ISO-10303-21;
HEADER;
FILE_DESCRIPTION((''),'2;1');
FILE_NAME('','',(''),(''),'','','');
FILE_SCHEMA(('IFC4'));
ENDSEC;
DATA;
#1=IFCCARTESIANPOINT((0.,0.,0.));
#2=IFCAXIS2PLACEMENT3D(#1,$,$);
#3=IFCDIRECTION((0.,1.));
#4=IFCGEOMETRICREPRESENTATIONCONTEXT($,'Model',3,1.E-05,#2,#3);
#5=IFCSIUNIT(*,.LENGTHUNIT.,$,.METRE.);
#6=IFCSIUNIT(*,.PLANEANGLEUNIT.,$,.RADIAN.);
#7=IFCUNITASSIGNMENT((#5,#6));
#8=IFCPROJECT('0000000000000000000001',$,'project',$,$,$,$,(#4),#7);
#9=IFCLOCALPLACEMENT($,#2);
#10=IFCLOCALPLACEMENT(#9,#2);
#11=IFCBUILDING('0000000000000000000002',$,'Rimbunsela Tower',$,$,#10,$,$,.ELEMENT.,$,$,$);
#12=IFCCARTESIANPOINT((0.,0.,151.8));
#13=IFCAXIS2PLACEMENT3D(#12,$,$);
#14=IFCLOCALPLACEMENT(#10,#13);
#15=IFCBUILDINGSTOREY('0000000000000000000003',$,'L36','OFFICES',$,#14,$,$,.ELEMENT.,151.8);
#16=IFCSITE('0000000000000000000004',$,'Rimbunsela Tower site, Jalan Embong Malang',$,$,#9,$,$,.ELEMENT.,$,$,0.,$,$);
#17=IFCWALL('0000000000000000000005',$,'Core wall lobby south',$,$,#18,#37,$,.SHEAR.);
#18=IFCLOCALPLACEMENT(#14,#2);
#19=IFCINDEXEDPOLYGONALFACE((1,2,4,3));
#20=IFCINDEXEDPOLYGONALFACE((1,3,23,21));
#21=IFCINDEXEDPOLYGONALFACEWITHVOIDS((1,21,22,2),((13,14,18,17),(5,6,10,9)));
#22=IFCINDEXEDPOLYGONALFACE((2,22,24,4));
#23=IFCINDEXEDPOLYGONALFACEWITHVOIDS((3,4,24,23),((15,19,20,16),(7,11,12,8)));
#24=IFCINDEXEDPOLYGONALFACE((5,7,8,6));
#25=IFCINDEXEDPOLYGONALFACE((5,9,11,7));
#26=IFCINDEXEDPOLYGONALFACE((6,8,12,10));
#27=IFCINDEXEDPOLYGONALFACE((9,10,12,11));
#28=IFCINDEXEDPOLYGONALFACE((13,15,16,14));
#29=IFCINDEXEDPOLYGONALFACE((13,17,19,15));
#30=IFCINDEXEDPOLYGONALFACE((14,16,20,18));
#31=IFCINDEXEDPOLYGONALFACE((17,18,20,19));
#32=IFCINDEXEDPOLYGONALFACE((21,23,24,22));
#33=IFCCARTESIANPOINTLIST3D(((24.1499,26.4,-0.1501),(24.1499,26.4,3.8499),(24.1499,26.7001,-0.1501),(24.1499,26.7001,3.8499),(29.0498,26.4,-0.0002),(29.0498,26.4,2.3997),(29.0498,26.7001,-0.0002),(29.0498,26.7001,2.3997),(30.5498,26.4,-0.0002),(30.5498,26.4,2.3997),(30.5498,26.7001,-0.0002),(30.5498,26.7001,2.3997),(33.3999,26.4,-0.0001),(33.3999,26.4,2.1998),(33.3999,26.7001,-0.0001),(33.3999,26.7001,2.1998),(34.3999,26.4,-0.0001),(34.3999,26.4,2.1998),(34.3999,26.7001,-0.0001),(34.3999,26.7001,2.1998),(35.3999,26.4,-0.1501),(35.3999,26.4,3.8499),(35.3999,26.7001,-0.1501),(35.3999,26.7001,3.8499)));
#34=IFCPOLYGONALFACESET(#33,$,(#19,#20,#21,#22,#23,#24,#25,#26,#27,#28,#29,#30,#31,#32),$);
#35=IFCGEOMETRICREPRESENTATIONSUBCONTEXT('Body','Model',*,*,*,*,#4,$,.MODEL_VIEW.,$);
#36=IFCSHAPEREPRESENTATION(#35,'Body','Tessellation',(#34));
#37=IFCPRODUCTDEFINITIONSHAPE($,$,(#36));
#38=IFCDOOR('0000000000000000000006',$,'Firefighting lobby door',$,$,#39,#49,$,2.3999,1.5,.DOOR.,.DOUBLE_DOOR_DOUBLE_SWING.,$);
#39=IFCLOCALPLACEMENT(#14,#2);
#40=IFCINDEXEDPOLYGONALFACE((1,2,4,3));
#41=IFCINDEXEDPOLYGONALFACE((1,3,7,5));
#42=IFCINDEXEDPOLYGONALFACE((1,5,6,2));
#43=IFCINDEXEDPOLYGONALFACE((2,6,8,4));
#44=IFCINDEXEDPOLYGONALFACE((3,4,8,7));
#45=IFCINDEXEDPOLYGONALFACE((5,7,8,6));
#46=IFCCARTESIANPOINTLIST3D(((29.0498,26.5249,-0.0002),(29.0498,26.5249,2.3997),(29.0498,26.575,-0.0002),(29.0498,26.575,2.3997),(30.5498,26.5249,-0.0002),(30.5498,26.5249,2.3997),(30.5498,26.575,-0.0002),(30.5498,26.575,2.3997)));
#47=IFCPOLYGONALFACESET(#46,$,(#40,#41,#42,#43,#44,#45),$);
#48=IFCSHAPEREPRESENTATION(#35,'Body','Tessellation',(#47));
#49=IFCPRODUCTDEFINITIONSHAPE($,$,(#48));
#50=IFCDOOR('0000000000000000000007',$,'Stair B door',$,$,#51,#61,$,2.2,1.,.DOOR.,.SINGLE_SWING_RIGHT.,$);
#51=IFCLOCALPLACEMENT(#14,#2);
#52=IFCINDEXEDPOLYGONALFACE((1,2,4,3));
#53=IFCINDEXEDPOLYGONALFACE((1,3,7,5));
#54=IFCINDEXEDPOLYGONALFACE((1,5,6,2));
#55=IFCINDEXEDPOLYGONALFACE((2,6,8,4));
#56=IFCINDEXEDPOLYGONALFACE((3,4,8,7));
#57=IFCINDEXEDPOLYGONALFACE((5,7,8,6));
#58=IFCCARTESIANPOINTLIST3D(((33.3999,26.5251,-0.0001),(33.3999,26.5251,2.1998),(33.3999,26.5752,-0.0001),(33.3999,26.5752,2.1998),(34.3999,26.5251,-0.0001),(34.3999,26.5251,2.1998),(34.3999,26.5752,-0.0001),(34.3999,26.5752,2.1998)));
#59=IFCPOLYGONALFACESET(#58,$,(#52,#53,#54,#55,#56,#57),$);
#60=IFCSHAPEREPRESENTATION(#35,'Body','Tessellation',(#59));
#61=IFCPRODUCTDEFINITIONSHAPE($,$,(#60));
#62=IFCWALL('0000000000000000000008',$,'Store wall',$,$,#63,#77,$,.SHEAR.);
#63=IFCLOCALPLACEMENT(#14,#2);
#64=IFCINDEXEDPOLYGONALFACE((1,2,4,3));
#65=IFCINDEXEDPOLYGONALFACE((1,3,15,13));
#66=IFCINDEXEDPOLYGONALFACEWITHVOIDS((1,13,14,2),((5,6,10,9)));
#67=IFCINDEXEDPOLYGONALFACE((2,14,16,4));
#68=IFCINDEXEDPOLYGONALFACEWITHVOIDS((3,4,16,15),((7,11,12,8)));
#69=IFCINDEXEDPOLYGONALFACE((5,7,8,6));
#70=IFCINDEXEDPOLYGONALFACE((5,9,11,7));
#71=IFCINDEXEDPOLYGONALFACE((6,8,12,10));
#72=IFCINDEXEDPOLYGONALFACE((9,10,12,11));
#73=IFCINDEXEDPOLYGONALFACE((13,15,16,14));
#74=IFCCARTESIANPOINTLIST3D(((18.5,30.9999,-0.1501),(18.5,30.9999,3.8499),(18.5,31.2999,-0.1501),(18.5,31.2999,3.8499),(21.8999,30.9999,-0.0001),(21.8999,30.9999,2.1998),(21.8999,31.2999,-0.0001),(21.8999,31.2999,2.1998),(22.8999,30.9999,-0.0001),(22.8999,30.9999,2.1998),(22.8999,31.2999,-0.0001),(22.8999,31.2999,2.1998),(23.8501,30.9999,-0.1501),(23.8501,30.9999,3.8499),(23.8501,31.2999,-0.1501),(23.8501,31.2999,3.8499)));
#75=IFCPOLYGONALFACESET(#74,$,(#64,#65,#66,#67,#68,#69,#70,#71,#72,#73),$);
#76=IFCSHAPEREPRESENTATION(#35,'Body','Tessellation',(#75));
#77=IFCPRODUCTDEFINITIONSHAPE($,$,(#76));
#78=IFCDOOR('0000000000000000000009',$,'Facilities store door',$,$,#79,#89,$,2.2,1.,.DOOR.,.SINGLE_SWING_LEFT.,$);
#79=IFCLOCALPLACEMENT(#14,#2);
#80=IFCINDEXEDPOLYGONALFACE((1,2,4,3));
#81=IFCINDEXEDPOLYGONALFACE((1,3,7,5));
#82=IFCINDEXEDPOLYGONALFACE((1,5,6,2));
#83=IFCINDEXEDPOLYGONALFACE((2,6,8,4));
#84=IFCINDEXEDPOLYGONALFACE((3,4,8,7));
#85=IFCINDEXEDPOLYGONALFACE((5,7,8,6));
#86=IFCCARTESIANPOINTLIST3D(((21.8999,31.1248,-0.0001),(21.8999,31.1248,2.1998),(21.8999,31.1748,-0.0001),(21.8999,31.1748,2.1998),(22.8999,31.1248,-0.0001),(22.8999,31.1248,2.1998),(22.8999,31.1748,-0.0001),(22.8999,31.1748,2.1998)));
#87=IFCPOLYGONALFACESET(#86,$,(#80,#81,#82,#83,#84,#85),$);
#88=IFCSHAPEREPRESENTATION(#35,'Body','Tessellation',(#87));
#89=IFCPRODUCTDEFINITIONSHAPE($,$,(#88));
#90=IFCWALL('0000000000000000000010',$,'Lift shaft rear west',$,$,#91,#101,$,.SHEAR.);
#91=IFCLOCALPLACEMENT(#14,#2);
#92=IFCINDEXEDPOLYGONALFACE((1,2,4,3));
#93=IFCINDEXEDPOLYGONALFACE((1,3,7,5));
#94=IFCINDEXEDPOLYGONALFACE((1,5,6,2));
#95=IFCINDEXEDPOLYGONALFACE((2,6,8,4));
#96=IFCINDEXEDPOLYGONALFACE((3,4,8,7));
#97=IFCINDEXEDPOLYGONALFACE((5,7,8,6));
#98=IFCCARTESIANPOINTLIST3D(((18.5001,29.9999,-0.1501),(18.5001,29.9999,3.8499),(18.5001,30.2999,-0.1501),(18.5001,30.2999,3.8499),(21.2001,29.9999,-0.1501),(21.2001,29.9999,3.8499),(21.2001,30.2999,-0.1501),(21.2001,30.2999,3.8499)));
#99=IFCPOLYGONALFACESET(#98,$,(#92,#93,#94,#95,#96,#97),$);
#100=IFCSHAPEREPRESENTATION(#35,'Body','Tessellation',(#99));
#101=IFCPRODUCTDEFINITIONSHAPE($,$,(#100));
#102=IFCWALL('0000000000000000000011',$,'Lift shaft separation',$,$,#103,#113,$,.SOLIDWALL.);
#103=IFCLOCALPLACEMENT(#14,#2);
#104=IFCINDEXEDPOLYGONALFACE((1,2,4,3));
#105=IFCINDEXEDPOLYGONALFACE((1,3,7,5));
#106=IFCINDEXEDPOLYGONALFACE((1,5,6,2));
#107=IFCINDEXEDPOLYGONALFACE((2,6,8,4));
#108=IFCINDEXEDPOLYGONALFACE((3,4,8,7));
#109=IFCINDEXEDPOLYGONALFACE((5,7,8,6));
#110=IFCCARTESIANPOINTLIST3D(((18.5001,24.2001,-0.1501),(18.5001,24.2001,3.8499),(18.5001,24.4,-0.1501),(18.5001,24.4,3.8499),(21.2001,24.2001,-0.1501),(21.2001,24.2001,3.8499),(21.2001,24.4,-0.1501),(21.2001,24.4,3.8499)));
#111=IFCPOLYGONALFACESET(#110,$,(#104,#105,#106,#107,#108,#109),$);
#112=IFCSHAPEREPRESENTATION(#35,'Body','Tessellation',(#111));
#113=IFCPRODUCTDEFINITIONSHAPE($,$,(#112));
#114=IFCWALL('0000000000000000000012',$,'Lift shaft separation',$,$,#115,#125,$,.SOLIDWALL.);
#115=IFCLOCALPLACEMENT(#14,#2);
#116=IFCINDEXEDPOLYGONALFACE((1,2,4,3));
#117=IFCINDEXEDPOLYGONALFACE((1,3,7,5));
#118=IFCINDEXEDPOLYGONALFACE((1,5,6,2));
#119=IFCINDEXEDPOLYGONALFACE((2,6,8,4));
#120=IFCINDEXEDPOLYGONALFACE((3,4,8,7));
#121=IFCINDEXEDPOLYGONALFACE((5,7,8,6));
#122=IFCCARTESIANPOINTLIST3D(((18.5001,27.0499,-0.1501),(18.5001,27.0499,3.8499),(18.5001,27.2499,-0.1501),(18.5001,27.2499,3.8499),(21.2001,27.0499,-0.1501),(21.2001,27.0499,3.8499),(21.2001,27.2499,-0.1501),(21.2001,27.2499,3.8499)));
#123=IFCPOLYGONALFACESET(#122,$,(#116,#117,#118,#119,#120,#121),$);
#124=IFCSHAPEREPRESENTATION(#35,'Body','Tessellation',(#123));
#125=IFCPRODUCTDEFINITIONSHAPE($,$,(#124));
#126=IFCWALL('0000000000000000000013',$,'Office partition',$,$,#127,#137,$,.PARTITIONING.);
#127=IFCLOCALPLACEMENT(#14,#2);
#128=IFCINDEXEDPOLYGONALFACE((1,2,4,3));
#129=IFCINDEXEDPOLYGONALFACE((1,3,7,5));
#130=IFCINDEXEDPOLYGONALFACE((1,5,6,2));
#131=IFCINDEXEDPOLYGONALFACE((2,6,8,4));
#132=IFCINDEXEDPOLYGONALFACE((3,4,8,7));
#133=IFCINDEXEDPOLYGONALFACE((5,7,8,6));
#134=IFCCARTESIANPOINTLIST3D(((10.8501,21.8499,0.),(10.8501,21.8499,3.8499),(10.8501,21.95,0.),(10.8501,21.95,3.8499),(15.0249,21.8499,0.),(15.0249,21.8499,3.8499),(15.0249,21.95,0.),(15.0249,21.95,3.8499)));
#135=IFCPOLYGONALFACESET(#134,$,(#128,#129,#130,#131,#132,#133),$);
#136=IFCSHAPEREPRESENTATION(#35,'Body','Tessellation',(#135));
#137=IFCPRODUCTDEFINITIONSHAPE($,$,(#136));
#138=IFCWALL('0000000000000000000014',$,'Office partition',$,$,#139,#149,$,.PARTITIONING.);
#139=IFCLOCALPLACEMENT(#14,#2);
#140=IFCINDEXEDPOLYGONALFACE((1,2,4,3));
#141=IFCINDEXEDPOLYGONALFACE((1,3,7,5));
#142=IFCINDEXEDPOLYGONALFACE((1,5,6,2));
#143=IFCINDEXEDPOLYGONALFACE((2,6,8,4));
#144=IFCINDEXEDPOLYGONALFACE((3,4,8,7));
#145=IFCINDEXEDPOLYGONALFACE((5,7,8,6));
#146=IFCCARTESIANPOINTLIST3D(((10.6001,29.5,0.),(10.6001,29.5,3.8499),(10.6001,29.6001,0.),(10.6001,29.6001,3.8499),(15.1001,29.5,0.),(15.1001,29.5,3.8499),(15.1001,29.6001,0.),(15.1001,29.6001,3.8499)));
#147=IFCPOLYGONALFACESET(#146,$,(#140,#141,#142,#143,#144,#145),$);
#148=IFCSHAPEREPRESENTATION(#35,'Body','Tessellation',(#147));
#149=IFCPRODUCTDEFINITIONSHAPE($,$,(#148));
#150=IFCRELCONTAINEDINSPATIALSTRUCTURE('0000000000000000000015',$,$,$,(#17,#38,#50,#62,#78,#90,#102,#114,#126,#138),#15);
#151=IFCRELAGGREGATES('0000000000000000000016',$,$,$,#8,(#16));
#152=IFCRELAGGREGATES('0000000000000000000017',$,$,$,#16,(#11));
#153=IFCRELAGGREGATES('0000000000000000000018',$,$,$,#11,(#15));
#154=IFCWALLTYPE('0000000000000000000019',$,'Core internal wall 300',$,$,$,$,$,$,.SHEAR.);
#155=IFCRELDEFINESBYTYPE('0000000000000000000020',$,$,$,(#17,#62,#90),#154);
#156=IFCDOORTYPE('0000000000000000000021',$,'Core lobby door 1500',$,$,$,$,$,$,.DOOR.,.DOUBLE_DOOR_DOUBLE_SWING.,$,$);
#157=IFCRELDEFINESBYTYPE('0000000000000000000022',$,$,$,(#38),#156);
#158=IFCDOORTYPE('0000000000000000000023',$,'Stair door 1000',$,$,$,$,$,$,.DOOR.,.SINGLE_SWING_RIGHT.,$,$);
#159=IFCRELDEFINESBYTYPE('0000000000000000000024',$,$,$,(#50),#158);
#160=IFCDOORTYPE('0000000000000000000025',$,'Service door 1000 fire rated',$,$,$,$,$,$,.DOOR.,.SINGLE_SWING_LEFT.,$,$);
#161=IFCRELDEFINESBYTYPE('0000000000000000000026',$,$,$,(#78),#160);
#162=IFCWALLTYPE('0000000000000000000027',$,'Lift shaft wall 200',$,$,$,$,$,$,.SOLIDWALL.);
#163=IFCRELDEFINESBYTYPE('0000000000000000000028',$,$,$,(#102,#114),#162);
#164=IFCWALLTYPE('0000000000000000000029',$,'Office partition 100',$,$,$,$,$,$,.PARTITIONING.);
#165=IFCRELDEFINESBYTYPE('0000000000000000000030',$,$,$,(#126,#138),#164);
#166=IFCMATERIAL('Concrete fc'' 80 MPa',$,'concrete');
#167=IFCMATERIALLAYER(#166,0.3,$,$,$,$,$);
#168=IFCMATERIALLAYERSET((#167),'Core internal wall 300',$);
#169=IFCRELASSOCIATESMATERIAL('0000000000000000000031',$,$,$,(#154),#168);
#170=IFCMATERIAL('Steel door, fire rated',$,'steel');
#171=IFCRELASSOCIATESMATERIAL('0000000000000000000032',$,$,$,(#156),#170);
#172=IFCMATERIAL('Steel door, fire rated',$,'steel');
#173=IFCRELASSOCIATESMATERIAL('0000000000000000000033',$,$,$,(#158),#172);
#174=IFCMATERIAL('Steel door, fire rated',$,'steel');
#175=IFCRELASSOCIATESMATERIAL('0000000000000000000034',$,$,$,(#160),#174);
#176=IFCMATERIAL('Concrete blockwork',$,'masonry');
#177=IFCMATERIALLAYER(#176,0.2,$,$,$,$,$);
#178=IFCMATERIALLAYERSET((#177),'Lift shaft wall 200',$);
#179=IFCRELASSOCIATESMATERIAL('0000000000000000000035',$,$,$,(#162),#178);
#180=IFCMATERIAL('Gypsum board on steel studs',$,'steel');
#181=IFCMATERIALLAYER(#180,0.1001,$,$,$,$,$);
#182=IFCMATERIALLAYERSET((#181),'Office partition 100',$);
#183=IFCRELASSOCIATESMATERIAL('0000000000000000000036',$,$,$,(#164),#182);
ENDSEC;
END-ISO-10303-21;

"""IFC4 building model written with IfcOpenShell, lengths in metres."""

from ifc_helpers import new_model, si_unit, direction, frame, frame_2d, origin, place, context, subcontext, project, spatial, rectangle, extrude, material, layer, layer_set, type_object, element, fill, save


model = new_model("IFC4")

# Units and contexts
model_context = context("Model", 3, precision=1e-05, world=origin(), true_north=direction((0.0, 1.0)))
body_context = subcontext(model_context, "Body", "Model", "MODEL_VIEW")
ifc_project = project(units=[si_unit("LENGTHUNIT", "METRE"), si_unit("PLANEANGLEUNIT", "RADIAN")], contexts=[model_context])

# Site, building, storey
site_placement = place(None, origin())
site = spatial("IfcSite", under=ifc_project, at=site_placement, Name="Rimbunsela Tower site, Jalan Embong Malang", CompositionType="ELEMENT", RefElevation=0.0)
building_placement = place(site_placement, origin())
building = spatial("IfcBuilding", under=site, at=building_placement, Name="Rimbunsela Tower", CompositionType="ELEMENT")
storey_placement = place(building_placement, frame((0.0, 0.0, 151.8)))
storey = spatial("IfcBuildingStorey", under=building, at=storey_placement, Name="L36", Description="OFFICES", CompositionType="ELEMENT", Elevation=151.8)

# Wall, openings, doors
ifc_material_1 = material(Name="Concrete fc' 80 MPa", Category="concrete")
ifc_layer_1 = layer(ifc_material_1, 0.3)
ifc_layer_set_1 = layer_set([ifc_layer_1], Name="Core internal wall 300")
wall_type_1 = type_object("IfcWallType", Name="Core internal wall 300", PredefinedType="SHEAR", material=ifc_layer_set_1)
wall_1_placement = place(storey_placement, frame((24.1499, 26.55, -0.1501), z_axis=(0.0, 0.0, 1.0), x_axis=(1.0, 0.0, 0.0)))
wall_1 = element("IfcWall", 1, at=wall_1_placement, inside=storey, type_object=wall_type_1, Name="Core wall lobby south", PredefinedType="SHEAR", context=body_context, shape_type="SweptSolid", body=[
    extrude(rectangle(XDim=11.25, YDim=0.3, at=frame_2d((5.625, 0.0))), origin(), (0.0, 0.0, 1.0), 4.0),
])
opening_1_placement = place(wall_1_placement, frame((9.25, 0.0, 0.1499)))
opening_1 = element("IfcOpeningElement", 2, at=opening_1_placement, cuts=wall_1, PredefinedType="OPENING", context=body_context, shape_type="SweptSolid", body=[
    extrude(rectangle(XDim=1.0, YDim=2.2, at=frame_2d((0.5, 1.1001))), frame((0.0, 0.1599, 0.0), z_axis=(0.0, -1.0, 0.0), x_axis=(1.0, 0.0, 0.0)), (0.0, 0.0, 1.0), 0.3201),
])
opening_2_placement = place(wall_1_placement, frame((4.8999, 0.0, 0.1499)))
opening_2 = element("IfcOpeningElement", 3, at=opening_2_placement, cuts=wall_1, PredefinedType="OPENING", context=body_context, shape_type="SweptSolid", body=[
    extrude(rectangle(XDim=1.5, YDim=2.3999, at=frame_2d((0.75, 1.2))), frame((0.0, 0.1599, 0.0), z_axis=(0.0, -1.0, 0.0), x_axis=(1.0, 0.0, 0.0)), (0.0, 0.0, 1.0), 0.3201),
])
ifc_material_2 = material(Name="Steel door, fire rated", Category="steel")
door_type_1 = type_object("IfcDoorType", Name="Core lobby door 1500", OperationType="DOUBLE_DOOR_DOUBLE_SWING", PredefinedType="DOOR", material=ifc_material_2)
door_1_placement = place(opening_2_placement, origin())
door_1 = element("IfcDoor", 4, at=door_1_placement, inside=storey, type_object=door_type_1, Name="Firefighting lobby door", OperationType="DOUBLE_DOOR_DOUBLE_SWING", OverallHeight=2.3999, OverallWidth=1.5, PredefinedType="DOOR", context=body_context, shape_type="SweptSolid", body=[
    extrude(rectangle(XDim=1.5, YDim=2.3999, at=frame_2d((0.75, 1.2))), frame((0.0, 0.0249, 0.0), z_axis=(0.0, -1.0, 0.0), x_axis=(1.0, 0.0, 0.0)), (0.0, 0.0, 1.0), 0.05),
])
fill(opening_2, door_1)
ifc_material_3 = material(Name="Steel door, fire rated", Category="steel")
door_type_2 = type_object("IfcDoorType", Name="Stair door 1000", OperationType="SINGLE_SWING_RIGHT", PredefinedType="DOOR", material=ifc_material_3)
door_2_placement = place(opening_1_placement, frame((1.0, 0.0, 0.0), z_axis=(0.0, 0.0, 1.0), x_axis=(-1.0, 0.0, 0.0)))
door_2 = element("IfcDoor", 5, at=door_2_placement, inside=storey, type_object=door_type_2, Name="Stair B door", OperationType="SINGLE_SWING_RIGHT", OverallHeight=2.2, OverallWidth=1.0, PredefinedType="DOOR", context=body_context, shape_type="SweptSolid", body=[
    extrude(rectangle(XDim=1.0, YDim=2.2, at=frame_2d((0.5, 1.1001))), frame((0.0, 0.0249, 0.0), z_axis=(0.0, -1.0, 0.0), x_axis=(1.0, 0.0, 0.0)), (0.0, 0.0, 1.0), 0.05),
])
fill(opening_1, door_2)

# Wall, opening, door
wall_2_placement = place(storey_placement, frame((18.5, 31.1499, -0.1501), z_axis=(0.0, 0.0, 1.0), x_axis=(1.0, 0.0, 0.0)))
wall_2 = element("IfcWall", 6, at=wall_2_placement, inside=storey, type_object=wall_type_1, Name="Store wall", PredefinedType="SHEAR", context=body_context, shape_type="SweptSolid", body=[
    extrude(rectangle(XDim=5.3501, YDim=0.3, at=frame_2d((2.675, 0.0))), origin(), (0.0, 0.0, 1.0), 4.0),
])
opening_3_placement = place(wall_2_placement, frame((3.3999, 0.0, 0.1499)))
opening_3 = element("IfcOpeningElement", 7, at=opening_3_placement, cuts=wall_2, PredefinedType="OPENING", context=body_context, shape_type="SweptSolid", body=[
    extrude(rectangle(XDim=1.0, YDim=2.2, at=frame_2d((0.5, 1.1001))), frame((0.0, 0.1599, 0.0), z_axis=(0.0, -1.0, 0.0), x_axis=(1.0, 0.0, 0.0)), (0.0, 0.0, 1.0), 0.3201),
])
ifc_material_4 = material(Name="Steel door, fire rated", Category="steel")
door_type_3 = type_object("IfcDoorType", Name="Service door 1000 fire rated", OperationType="SINGLE_SWING_LEFT", PredefinedType="DOOR", material=ifc_material_4)
door_3_placement = place(opening_3_placement, origin())
door_3 = element("IfcDoor", 8, at=door_3_placement, inside=storey, type_object=door_type_3, Name="Facilities store door", OperationType="SINGLE_SWING_LEFT", OverallHeight=2.2, OverallWidth=1.0, PredefinedType="DOOR", context=body_context, shape_type="SweptSolid", body=[
    extrude(rectangle(XDim=1.0, YDim=2.2, at=frame_2d((0.5, 1.1001))), frame((0.0, 0.0249, 0.0), z_axis=(0.0, -1.0, 0.0), x_axis=(1.0, 0.0, 0.0)), (0.0, 0.0, 1.0), 0.05),
])
fill(opening_3, door_3)

# Walls
wall_3_placement = place(storey_placement, frame((18.5, 30.1499, -0.1501), z_axis=(0.0, 0.0, 1.0), x_axis=(1.0, 0.0, 0.0)))
element("IfcWall", 9, at=wall_3_placement, inside=storey, type_object=wall_type_1, Name="Lift shaft rear west", PredefinedType="SHEAR", context=body_context, shape_type="SweptSolid", body=[
    extrude(rectangle(XDim=2.7, YDim=0.3, at=frame_2d((1.3501, 0.0))), origin(), (0.0, 0.0, 1.0), 4.0),
])
ifc_material_5 = material(Name="Concrete blockwork", Category="masonry")
ifc_layer_2 = layer(ifc_material_5, 0.2)
ifc_layer_set_2 = layer_set([ifc_layer_2], Name="Lift shaft wall 200")
wall_type_2 = type_object("IfcWallType", Name="Lift shaft wall 200", PredefinedType="SOLIDWALL", material=ifc_layer_set_2)
for number, where, z_axis, x_axis, name in (
    (10, (18.5, 24.3, -0.1501), (0.0, 0.0, 1.0), (1.0, 0.0, 0.0), "Lift shaft separation"),
    (11, (18.5, 27.1499, -0.1501), (0.0, 0.0, 1.0), (1.0, 0.0, 0.0), "Lift shaft separation"),
):
    element("IfcWall", number, at=place(storey_placement, frame(where, z_axis=z_axis, x_axis=x_axis)), inside=storey, type_object=wall_type_2, Name=name, PredefinedType="SOLIDWALL", context=body_context, shape_type="SweptSolid", body=[
        extrude(rectangle(XDim=2.7, YDim=0.2, at=frame_2d((1.3501, 0.0))), origin(), (0.0, 0.0, 1.0), 4.0),
    ])
ifc_material_6 = material(Name="Gypsum board on steel studs", Category="steel")
ifc_layer_3 = layer(ifc_material_6, 0.1001)
ifc_layer_set_3 = layer_set([ifc_layer_3], Name="Office partition 100")
wall_type_3 = type_object("IfcWallType", Name="Office partition 100", PredefinedType="PARTITIONING", material=ifc_layer_set_3)
wall_4_placement = place(storey_placement, frame((10.8501, 21.8999, 0.0), z_axis=(0.0, 0.0, 1.0), x_axis=(1.0, 0.0, 0.0)))
element("IfcWall", 12, at=wall_4_placement, inside=storey, type_object=wall_type_3, Name="Office partition", PredefinedType="PARTITIONING", context=body_context, shape_type="SweptSolid", body=[
    extrude(rectangle(XDim=4.1748, YDim=0.1001, at=frame_2d((2.0874, 0.0))), origin(), (0.0, 0.0, 1.0), 3.8499),
])
wall_5_placement = place(storey_placement, frame((15.1001, 29.55, 0.0), z_axis=(0.0, 0.0, 1.0), x_axis=(-1.0, 0.0, 0.0)))
element("IfcWall", 13, at=wall_5_placement, inside=storey, type_object=wall_type_3, Name="Office partition", PredefinedType="PARTITIONING", context=body_context, shape_type="SweptSolid", body=[
    extrude(rectangle(XDim=4.5, YDim=0.1001, at=frame_2d((2.25, 0.0))), origin(), (0.0, 0.0, 1.0), 3.8499),
])

save(model, "model.ifc")
